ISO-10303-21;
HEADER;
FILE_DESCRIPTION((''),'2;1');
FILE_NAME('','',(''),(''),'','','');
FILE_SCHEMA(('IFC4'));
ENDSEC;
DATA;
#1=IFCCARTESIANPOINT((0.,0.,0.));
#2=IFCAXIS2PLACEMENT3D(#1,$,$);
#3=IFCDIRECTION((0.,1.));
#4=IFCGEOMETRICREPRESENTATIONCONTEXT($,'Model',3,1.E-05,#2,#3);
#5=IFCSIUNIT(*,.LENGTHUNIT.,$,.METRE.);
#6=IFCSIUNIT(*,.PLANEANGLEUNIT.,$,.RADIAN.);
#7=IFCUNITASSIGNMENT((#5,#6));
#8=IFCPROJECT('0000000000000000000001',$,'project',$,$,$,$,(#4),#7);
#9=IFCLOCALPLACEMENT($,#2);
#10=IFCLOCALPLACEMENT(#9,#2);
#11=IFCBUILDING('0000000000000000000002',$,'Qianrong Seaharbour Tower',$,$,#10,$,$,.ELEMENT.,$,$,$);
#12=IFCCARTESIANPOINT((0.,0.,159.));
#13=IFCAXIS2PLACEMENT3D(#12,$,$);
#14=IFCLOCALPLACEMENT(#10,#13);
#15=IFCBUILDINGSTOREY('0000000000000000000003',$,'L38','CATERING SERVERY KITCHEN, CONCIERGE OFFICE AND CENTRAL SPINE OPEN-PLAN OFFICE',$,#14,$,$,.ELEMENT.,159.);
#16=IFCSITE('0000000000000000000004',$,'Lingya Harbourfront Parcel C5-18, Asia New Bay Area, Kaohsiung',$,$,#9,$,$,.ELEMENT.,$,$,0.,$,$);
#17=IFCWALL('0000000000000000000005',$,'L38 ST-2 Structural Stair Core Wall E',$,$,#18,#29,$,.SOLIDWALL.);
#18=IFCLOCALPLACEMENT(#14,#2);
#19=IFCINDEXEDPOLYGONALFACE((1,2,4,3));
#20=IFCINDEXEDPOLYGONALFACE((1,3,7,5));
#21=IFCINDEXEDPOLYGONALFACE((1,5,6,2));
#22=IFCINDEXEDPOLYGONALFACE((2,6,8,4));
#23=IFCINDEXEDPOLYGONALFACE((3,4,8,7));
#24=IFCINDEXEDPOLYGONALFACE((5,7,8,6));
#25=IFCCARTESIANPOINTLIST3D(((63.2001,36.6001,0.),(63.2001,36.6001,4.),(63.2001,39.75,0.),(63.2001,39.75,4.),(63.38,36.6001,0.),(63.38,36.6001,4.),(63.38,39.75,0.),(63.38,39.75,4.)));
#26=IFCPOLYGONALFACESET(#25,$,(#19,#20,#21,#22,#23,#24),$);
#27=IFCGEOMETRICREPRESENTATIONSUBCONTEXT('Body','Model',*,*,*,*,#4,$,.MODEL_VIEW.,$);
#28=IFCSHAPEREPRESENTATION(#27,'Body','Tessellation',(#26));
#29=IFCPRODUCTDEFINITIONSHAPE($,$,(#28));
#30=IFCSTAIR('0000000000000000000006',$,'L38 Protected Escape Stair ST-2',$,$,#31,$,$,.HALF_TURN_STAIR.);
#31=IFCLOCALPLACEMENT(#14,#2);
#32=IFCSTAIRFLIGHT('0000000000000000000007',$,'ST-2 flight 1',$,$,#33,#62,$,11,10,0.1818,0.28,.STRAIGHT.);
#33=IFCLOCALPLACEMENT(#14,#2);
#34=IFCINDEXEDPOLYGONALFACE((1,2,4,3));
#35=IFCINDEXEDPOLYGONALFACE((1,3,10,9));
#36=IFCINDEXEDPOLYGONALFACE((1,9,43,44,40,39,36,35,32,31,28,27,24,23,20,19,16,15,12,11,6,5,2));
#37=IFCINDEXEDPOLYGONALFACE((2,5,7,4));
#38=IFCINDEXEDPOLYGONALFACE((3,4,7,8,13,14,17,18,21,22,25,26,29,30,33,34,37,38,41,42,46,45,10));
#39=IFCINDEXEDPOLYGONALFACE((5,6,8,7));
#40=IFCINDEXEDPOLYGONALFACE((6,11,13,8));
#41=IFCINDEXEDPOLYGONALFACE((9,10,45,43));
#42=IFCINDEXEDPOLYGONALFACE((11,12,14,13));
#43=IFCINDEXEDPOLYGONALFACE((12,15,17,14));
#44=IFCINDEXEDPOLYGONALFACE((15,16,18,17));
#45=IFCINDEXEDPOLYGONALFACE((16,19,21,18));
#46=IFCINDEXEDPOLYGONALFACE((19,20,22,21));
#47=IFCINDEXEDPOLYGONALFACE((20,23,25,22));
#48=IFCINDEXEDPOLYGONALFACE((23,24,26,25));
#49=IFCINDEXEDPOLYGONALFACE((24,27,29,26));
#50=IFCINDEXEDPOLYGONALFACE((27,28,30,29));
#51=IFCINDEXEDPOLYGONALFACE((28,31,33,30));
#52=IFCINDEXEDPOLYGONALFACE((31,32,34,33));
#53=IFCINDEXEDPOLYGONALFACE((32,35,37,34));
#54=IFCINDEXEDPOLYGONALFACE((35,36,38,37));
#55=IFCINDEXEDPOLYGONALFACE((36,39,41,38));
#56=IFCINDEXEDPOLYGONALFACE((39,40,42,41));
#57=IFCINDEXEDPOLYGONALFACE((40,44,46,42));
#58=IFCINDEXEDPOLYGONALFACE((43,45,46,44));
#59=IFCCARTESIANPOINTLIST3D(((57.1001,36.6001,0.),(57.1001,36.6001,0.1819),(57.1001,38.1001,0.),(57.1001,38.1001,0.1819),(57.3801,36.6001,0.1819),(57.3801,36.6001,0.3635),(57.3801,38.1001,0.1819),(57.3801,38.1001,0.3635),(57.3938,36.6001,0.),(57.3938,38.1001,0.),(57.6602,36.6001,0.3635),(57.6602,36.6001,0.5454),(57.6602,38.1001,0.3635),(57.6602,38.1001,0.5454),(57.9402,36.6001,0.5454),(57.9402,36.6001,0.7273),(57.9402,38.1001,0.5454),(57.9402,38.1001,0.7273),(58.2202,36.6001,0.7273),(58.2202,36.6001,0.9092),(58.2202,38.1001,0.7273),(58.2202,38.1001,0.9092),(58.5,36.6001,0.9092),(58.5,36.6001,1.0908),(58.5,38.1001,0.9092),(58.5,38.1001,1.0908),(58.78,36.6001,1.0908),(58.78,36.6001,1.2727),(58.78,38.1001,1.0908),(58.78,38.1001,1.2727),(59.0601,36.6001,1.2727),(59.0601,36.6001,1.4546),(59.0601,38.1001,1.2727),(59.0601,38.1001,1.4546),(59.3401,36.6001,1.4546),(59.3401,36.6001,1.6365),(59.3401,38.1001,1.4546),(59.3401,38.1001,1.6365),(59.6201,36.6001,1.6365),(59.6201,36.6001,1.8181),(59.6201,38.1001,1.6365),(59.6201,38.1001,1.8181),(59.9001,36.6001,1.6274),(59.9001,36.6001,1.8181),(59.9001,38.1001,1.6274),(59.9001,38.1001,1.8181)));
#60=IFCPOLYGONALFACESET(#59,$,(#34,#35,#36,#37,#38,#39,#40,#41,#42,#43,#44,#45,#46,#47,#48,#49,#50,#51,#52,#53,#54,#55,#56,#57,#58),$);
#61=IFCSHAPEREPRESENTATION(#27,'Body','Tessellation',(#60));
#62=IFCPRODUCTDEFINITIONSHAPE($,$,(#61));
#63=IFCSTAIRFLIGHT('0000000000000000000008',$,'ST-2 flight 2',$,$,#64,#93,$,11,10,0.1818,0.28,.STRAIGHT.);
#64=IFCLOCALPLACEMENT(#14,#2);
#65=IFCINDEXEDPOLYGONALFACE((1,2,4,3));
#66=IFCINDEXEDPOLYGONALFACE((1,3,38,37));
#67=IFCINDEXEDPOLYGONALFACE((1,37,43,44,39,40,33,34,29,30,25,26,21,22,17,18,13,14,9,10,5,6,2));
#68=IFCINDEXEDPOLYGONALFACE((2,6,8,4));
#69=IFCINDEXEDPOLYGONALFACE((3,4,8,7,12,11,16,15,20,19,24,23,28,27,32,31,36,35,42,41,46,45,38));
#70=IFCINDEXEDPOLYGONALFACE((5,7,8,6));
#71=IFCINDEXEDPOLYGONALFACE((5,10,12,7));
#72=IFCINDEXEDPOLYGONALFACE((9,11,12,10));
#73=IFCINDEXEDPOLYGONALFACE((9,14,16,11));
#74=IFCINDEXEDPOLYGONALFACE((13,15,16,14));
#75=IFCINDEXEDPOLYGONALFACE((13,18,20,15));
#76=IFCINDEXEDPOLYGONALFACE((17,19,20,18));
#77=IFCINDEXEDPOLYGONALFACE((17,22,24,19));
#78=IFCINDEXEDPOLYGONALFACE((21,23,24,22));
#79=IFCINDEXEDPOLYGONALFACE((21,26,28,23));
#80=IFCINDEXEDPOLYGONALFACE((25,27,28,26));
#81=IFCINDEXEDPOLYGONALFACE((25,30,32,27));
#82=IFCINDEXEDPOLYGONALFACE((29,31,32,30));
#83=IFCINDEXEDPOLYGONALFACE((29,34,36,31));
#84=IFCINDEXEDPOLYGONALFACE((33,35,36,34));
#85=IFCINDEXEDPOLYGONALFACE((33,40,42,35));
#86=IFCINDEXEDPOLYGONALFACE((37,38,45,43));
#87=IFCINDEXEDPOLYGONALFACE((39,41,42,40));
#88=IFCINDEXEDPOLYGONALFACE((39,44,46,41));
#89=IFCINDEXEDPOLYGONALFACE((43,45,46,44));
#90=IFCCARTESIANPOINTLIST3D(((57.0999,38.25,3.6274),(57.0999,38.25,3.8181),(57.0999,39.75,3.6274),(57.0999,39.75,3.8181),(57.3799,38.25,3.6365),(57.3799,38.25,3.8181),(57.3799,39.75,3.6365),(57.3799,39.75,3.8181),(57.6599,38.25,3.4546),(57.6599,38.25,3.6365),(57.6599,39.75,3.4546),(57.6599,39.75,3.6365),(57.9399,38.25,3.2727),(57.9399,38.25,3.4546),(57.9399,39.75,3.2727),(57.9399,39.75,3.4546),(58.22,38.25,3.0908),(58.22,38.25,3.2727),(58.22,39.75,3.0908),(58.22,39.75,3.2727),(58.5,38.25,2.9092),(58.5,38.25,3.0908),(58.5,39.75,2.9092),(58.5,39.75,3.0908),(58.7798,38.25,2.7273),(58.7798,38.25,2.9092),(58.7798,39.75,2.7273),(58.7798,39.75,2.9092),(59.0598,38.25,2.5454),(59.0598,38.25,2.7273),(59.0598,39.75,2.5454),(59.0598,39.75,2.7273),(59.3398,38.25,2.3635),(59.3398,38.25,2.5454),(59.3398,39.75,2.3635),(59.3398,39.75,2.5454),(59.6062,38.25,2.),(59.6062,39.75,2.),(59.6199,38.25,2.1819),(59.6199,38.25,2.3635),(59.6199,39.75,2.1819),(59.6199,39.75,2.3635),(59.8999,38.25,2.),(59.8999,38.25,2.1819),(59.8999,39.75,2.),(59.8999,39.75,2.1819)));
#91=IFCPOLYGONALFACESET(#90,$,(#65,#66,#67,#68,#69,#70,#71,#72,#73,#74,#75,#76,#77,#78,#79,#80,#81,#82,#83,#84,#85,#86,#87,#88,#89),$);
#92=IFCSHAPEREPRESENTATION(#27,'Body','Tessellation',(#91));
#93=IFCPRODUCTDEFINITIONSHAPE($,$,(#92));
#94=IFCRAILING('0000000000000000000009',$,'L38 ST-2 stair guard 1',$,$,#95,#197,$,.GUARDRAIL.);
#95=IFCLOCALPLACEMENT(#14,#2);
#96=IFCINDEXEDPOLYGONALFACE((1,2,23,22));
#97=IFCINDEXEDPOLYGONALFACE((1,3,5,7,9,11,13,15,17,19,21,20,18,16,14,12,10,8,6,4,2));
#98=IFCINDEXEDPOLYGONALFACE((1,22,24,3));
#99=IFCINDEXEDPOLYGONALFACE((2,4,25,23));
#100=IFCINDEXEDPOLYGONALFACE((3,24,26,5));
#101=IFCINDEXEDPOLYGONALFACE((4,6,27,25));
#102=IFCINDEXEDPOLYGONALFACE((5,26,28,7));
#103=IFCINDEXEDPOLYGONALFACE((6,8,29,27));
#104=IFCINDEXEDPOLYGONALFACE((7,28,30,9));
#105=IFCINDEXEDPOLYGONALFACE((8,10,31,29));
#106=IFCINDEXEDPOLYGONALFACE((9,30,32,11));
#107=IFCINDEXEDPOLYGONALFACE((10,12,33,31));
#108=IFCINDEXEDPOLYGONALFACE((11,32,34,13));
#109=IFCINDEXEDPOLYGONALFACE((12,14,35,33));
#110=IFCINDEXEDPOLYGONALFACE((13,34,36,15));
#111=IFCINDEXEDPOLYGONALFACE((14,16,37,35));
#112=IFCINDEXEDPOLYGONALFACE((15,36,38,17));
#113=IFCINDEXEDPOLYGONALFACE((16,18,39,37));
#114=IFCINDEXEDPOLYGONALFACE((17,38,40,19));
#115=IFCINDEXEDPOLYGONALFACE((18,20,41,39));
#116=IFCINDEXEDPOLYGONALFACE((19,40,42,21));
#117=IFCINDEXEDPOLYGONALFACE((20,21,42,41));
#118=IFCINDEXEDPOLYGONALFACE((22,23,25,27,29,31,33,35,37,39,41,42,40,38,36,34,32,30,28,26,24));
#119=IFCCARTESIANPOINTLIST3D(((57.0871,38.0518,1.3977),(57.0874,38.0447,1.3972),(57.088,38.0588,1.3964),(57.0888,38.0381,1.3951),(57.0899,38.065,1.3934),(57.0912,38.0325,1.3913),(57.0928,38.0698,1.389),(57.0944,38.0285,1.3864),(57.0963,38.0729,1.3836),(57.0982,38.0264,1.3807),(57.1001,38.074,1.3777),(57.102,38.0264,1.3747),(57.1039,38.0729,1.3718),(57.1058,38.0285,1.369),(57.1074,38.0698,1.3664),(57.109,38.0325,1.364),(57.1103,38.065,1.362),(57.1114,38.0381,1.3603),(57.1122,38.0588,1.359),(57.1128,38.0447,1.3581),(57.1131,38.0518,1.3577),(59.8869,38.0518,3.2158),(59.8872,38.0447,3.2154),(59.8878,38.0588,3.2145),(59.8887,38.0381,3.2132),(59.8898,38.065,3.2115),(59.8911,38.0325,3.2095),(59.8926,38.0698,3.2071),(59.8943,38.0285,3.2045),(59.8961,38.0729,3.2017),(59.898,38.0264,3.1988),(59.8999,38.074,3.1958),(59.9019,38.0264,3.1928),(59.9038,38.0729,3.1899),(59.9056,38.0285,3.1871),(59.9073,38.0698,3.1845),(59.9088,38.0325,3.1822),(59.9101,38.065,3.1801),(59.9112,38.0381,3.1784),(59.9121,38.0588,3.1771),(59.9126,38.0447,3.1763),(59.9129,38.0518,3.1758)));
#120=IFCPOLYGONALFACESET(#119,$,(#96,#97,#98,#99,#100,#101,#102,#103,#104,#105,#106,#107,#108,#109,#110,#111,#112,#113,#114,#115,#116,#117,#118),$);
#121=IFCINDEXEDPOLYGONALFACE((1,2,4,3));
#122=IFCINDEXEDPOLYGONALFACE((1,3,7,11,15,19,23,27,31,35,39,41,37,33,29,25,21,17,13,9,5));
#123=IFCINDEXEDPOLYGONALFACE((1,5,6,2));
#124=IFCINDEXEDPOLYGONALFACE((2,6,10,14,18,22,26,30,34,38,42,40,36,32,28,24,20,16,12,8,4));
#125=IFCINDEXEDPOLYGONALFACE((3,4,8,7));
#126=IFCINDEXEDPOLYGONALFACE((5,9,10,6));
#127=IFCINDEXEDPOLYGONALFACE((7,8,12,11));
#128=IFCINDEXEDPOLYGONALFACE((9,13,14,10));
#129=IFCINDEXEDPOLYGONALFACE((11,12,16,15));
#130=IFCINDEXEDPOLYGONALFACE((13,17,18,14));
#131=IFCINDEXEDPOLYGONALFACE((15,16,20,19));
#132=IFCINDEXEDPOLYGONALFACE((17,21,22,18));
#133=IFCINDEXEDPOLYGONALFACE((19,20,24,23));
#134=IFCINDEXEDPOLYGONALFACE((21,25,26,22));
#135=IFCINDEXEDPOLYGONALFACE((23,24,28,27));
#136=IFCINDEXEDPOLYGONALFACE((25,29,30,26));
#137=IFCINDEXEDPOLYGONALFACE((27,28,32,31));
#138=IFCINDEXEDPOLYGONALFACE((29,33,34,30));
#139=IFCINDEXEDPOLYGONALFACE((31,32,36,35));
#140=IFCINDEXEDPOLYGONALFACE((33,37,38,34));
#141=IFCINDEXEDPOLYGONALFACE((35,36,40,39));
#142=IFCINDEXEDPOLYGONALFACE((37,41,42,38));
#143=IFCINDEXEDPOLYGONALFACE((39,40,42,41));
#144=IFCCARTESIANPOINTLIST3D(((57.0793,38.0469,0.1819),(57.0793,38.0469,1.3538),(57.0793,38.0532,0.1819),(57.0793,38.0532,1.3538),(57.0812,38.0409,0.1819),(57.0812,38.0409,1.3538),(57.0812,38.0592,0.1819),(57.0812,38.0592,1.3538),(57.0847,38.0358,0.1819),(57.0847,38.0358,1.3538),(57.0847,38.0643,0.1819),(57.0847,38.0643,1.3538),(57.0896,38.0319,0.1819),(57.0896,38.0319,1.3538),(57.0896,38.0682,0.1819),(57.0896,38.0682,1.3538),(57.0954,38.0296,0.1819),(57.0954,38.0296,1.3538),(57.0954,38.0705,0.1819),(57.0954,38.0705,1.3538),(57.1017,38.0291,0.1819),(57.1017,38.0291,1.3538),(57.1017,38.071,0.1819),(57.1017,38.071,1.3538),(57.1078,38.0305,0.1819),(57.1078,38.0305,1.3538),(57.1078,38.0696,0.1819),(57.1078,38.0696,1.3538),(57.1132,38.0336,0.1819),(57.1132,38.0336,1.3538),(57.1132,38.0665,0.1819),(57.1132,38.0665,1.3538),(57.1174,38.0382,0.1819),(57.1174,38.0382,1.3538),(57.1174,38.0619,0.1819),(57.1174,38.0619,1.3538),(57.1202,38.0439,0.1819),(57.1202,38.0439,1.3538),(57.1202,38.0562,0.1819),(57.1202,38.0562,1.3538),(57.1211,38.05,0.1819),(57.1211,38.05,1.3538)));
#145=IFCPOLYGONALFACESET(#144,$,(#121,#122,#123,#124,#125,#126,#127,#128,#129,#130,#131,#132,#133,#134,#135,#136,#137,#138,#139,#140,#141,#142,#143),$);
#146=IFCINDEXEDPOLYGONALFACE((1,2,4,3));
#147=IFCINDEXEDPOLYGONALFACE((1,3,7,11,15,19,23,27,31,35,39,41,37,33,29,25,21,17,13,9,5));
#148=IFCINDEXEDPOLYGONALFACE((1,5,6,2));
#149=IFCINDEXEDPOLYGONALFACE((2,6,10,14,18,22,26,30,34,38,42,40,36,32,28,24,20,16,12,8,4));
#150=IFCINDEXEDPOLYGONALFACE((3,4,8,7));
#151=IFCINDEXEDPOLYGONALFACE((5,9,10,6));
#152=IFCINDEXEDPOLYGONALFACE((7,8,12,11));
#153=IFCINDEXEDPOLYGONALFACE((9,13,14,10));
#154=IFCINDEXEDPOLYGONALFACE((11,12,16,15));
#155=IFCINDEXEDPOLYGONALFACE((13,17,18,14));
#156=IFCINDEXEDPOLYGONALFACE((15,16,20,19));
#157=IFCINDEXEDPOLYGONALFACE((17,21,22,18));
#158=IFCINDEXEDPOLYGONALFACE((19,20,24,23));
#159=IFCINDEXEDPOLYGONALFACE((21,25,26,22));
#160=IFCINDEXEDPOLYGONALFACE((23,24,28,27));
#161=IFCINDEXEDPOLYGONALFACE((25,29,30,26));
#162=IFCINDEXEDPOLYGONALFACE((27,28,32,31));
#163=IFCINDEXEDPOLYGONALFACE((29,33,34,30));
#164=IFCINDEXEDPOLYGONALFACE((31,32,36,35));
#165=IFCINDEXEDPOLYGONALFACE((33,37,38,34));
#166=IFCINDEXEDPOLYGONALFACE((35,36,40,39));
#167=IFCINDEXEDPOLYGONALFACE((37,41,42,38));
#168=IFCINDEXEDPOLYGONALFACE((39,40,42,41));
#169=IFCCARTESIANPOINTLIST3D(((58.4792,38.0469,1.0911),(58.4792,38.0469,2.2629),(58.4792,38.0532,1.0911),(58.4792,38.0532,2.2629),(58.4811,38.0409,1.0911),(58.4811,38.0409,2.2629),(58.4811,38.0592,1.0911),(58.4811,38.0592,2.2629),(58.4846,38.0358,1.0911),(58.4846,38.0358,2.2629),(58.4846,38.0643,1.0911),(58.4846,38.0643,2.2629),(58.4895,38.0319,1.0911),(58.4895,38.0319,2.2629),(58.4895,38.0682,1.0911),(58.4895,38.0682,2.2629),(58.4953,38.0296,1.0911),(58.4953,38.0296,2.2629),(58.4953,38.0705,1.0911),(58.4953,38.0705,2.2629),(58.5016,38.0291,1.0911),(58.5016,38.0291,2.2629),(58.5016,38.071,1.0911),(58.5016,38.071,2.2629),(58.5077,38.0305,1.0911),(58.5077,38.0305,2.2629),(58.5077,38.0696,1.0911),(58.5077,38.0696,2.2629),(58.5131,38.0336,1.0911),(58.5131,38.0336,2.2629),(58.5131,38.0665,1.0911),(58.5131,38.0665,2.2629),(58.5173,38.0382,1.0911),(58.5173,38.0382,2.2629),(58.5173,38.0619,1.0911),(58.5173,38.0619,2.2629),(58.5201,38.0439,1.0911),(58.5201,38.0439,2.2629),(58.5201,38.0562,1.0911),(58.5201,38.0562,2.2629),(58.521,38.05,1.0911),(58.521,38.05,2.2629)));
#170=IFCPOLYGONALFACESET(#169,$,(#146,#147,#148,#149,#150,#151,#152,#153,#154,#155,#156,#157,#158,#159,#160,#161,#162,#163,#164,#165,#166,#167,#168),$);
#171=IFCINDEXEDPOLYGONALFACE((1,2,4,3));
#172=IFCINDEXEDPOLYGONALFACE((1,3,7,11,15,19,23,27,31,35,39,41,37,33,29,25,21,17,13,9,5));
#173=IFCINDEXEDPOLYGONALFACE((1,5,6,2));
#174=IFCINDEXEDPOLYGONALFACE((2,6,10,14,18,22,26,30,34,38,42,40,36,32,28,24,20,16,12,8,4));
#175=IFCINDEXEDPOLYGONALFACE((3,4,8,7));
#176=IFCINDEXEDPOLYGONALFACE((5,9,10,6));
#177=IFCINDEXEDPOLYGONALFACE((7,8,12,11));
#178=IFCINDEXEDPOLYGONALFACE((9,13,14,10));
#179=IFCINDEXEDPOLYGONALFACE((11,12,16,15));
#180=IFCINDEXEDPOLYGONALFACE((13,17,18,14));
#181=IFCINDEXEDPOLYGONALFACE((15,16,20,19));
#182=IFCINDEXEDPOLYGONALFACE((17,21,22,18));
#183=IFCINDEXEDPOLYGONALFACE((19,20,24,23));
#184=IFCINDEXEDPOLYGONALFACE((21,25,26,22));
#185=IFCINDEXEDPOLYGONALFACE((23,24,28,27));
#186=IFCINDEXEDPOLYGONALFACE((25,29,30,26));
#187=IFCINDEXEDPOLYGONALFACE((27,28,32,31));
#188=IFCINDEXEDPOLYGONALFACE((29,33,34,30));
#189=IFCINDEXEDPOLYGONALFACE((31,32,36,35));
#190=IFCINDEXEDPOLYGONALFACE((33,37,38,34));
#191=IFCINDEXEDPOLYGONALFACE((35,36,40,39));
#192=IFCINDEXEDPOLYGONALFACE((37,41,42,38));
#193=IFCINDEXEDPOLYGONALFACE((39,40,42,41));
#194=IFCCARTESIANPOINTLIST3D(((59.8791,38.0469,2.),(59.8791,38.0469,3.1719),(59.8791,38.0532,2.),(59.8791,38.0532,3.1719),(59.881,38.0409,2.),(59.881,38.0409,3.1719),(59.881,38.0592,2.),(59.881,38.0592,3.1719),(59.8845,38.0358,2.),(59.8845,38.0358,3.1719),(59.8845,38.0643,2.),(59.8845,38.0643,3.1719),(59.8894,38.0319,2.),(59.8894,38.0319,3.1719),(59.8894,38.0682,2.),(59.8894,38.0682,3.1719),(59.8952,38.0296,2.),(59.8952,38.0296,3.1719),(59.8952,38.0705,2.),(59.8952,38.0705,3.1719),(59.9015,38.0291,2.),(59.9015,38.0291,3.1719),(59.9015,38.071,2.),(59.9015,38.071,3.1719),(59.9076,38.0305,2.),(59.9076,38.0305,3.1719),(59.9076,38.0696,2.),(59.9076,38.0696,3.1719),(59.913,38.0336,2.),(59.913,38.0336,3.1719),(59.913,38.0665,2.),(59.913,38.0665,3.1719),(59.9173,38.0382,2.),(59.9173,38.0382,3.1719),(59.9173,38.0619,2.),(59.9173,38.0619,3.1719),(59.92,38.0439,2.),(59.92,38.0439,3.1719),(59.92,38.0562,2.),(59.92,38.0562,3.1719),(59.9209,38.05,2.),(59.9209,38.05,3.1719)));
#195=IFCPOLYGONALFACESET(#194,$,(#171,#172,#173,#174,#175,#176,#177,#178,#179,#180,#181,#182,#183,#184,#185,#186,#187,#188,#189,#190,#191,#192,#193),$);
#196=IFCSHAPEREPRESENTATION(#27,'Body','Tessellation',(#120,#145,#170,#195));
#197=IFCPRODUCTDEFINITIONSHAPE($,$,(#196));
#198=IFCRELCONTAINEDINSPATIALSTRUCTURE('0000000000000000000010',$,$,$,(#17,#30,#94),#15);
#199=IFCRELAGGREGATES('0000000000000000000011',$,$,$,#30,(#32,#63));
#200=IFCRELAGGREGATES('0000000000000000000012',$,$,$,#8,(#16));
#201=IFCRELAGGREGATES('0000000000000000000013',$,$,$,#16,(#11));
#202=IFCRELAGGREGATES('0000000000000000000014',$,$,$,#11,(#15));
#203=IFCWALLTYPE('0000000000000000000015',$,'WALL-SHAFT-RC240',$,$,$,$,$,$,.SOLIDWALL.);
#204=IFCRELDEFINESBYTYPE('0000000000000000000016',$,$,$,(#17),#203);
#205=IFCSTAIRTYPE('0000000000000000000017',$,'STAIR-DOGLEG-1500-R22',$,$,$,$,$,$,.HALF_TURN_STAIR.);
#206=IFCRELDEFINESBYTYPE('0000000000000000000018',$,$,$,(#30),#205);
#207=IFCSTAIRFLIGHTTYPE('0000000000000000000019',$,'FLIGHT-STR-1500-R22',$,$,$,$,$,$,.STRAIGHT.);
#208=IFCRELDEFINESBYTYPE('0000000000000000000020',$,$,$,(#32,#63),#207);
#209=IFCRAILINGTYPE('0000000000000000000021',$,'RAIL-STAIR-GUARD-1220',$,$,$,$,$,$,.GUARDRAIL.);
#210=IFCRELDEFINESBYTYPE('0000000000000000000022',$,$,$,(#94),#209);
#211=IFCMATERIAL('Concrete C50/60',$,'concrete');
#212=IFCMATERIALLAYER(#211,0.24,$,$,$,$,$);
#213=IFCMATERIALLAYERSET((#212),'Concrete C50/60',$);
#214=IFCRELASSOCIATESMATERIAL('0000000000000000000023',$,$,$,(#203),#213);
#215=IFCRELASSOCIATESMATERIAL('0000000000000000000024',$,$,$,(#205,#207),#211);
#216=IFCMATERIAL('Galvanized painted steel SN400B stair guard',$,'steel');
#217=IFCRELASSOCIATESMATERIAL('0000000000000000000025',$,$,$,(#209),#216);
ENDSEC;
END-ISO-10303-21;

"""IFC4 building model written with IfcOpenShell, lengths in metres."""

from ifc_helpers import new_model, si_unit, direction, frame, frame_2d, origin, origin_2d, place, context, subcontext, project, spatial, polyline, rectangle, circle, outline, extrude, material, layer, layer_set, type_object, element, aggregate, save


model = new_model("IFC4")

# Units and contexts
model_context = context("Model", 3, precision=1e-05, world=origin(), true_north=direction((0.0, 1.0)))
body_context = subcontext(model_context, "Body", "Model", "MODEL_VIEW")
ifc_project = project(units=[si_unit("LENGTHUNIT", "METRE"), si_unit("PLANEANGLEUNIT", "RADIAN")], contexts=[model_context])

# Site, building, storey
site_placement = place(None, origin())
site = spatial("IfcSite", under=ifc_project, at=site_placement, Name="Lingya Harbourfront Parcel C5-18, Asia New Bay Area, Kaohsiung", CompositionType="ELEMENT", RefElevation=0.0)
building_placement = place(site_placement, origin())
building = spatial("IfcBuilding", under=site, at=building_placement, Name="Qianrong Seaharbour Tower", CompositionType="ELEMENT")
storey_placement = place(building_placement, frame((0.0, 0.0, 159.0)))
storey = spatial("IfcBuildingStorey", under=building, at=storey_placement, Name="L38", Description="CATERING SERVERY KITCHEN, CONCIERGE OFFICE AND CENTRAL SPINE OPEN-PLAN OFFICE", CompositionType="ELEMENT", Elevation=159.0)

# Wall
ifc_material_1 = material(Name="Concrete C50/60", Category="concrete")
ifc_layer_1 = layer(ifc_material_1, 0.24)
ifc_layer_set_1 = layer_set([ifc_layer_1], Name="Concrete C50/60")
wall_type_1 = type_object("IfcWallType", Name="WALL-SHAFT-RC240", PredefinedType="SOLIDWALL", material=ifc_layer_set_1)
wall_1_placement = place(storey_placement, frame((63.29, 36.6001, 0.0), z_axis=(0.0, 0.0, 1.0), x_axis=(0.0, 1.0, 0.0)))
element("IfcWall", 1, at=wall_1_placement, inside=storey, type_object=wall_type_1, Name="L38 ST-2 Structural Stair Core Wall E", PredefinedType="SOLIDWALL", context=body_context, shape_type="SweptSolid", body=[
    extrude(rectangle(XDim=3.1499, YDim=0.1799, at=frame_2d((1.575, 0.0))), origin(), (0.0, 0.0, 1.0), 4.0),
])

# Stair, stair flights
stair_type = type_object("IfcStairType", Name="STAIR-DOGLEG-1500-R22", PredefinedType="HALF_TURN_STAIR", material=ifc_material_1)
stair_placement = place(storey_placement, origin())
stair = element("IfcStair", 2, at=stair_placement, inside=storey, type_object=stair_type, Name="L38 Protected Escape Stair ST-2", PredefinedType="HALF_TURN_STAIR")
stair_flight_type = type_object("IfcStairFlightType", Name="FLIGHT-STR-1500-R22", PredefinedType="STRAIGHT", material=ifc_material_1)
stair_flight_1_placement = place(storey_placement, frame((57.1001, 37.3501, 0.0), z_axis=(0.0, 0.0, 1.0), x_axis=(1.0, 0.0, 0.0)))
stair_flight_1 = element("IfcStairFlight", 3, at=stair_flight_1_placement, type_object=stair_flight_type, Name="ST-2 flight 1", NumberOfRisers=11, NumberOfTreads=10, PredefinedType="STRAIGHT", RiserHeight=0.1818, TreadLength=0.28, context=body_context, shape_type="SweptSolid", body=[
    extrude(outline(polyline([(0.0, 0.0), (0.0, 0.1819), (0.28, 0.1819), (0.28, 0.3635), (0.5601, 0.3635), (0.5601, 0.5454), (0.8401, 0.5454), (0.8401, 0.7273), (1.1201, 0.7273), (1.1201, 0.9092), (1.3999, 0.9092), (1.3999, 1.0908), (1.6799, 1.0908), (1.6799, 1.2727), (1.96, 1.2727), (1.96, 1.4546), (2.24, 1.4546), (2.24, 1.6365), (2.52, 1.6365), (2.52, 1.8181), (2.8, 1.8181), (2.8, 2.0), (2.8, 1.6274), (0.2937, 0.0), (0.0, 0.0)])), frame((0.0, 0.75, 0.0), z_axis=(0.0, -1.0, 0.0), x_axis=(1.0, 0.0, 0.0)), (0.0, 0.0, 1.0), 1.5),
])
stair_flight_2_placement = place(storey_placement, frame((59.8999, 39.0, 2.0), z_axis=(0.0, 0.0, 1.0), x_axis=(-1.0, 0.0, 0.0)))
stair_flight_2 = element("IfcStairFlight", 4, at=stair_flight_2_placement, type_object=stair_flight_type, Name="ST-2 flight 2", NumberOfRisers=11, NumberOfTreads=10, PredefinedType="STRAIGHT", RiserHeight=0.1818, TreadLength=0.28, context=body_context, shape_type="SweptSolid", body=[
    extrude(outline(polyline([(0.0, 0.0), (0.0, 0.1819), (0.28, 0.1819), (0.28, 0.3635), (0.5601, 0.3635), (0.5601, 0.5454), (0.8401, 0.5454), (0.8401, 0.7273), (1.1201, 0.7273), (1.1201, 0.9092), (1.3999, 0.9092), (1.3999, 1.0908), (1.6799, 1.0908), (1.6799, 1.2727), (1.96, 1.2727), (1.96, 1.4546), (2.24, 1.4546), (2.24, 1.6365), (2.52, 1.6365), (2.52, 1.8181), (2.8, 1.8181), (2.8, 2.0), (2.8, 1.6274), (0.2937, 0.0), (0.0, 0.0)])), frame((0.0, 0.75, 0.0), z_axis=(0.0, -1.0, 0.0), x_axis=(1.0, 0.0, 0.0)), (0.0, 0.0, 1.0), 1.5),
])
aggregate(stair, [stair_flight_1, stair_flight_2])

# Railing
ifc_material_2 = material(Name="Galvanized painted steel SN400B stair guard", Category="steel")
railing_type_1 = type_object("IfcRailingType", Name="RAIL-STAIR-GUARD-1220", PredefinedType="GUARDRAIL", material=ifc_material_2)
railing_1_placement = place(storey_placement, frame((57.1001, 38.05, 0.1819)))
element("IfcRailing", 5, at=railing_1_placement, inside=storey, type_object=railing_type_1, Name="L38 ST-2 stair guard 1", PredefinedType="GUARDRAIL", context=body_context, shape_type="SweptSolid", body=[
    extrude(circle(Radius=0.0239, at=origin_2d()), frame((0.0, 0.0, 1.1958), z_axis=(0.838684, 0.0, 0.544618), x_axis=(0.0, 1.0, 0.0)), (0.0, 0.0, 1.0), 3.3384),
    extrude(circle(Radius=0.021, at=origin_2d()), origin(), (0.0, 0.0, 1.0), 1.1719),
    extrude(circle(Radius=0.021, at=origin_2d()), frame((1.3999, 0.0, 0.9092)), (0.0, 0.0, 1.0), 1.1719),
    extrude(circle(Radius=0.021, at=origin_2d()), frame((2.7998, 0.0, 1.8181)), (0.0, 0.0, 1.0), 1.1719),
])

save(model, "model.ifc")
